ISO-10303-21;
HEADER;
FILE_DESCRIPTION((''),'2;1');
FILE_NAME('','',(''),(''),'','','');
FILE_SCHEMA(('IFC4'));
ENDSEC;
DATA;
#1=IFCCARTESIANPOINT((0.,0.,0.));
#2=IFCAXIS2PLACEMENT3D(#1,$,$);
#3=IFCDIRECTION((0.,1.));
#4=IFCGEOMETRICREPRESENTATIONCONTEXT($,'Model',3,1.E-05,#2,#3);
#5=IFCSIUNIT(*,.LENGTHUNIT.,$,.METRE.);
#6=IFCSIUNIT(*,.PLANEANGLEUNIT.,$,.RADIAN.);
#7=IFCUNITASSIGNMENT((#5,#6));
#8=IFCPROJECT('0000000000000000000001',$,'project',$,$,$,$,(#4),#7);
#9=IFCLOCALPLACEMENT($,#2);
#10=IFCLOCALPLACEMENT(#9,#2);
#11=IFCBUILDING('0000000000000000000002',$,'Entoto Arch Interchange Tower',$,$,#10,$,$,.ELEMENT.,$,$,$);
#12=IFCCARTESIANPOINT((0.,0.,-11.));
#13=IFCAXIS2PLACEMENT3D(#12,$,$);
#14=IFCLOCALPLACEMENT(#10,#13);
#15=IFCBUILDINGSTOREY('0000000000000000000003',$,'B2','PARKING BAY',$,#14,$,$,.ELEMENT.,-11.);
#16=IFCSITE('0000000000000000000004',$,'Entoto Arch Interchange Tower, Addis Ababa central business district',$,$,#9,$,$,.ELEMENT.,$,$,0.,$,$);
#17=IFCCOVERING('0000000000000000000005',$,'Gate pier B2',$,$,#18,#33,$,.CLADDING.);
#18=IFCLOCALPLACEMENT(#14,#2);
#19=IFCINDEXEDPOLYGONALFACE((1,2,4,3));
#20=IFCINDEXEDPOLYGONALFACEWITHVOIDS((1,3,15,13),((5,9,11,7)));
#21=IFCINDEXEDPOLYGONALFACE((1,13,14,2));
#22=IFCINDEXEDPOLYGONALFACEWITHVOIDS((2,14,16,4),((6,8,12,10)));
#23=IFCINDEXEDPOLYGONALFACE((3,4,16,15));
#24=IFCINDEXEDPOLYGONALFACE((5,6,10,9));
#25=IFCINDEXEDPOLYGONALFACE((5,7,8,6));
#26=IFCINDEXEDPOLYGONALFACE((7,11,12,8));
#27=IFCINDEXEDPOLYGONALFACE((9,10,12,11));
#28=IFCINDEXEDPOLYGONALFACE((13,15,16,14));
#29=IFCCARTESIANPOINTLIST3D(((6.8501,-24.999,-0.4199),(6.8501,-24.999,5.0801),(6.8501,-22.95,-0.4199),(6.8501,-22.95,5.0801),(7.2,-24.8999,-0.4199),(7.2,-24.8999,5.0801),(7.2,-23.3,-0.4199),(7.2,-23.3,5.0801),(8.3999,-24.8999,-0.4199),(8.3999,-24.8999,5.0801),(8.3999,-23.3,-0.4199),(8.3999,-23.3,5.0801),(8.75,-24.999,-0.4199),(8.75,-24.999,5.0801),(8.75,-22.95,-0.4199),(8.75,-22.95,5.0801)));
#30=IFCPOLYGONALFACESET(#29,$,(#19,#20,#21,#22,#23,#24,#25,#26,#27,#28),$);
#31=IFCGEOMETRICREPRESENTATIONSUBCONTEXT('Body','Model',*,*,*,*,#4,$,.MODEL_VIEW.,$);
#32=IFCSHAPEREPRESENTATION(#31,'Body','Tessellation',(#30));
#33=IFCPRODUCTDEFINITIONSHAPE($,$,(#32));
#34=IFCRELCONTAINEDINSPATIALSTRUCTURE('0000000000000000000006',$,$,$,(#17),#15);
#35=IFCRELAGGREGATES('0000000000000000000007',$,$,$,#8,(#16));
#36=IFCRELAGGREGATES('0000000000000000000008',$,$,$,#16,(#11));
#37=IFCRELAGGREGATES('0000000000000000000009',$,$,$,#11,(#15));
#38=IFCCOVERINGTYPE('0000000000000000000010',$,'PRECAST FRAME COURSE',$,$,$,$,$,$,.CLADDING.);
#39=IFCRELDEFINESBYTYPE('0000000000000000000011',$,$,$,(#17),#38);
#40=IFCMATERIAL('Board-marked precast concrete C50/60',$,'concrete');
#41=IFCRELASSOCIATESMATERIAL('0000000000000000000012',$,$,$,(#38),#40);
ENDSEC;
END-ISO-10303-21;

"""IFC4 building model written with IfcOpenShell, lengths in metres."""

from ifc_helpers import new_model, si_unit, direction, frame, origin, place, context, subcontext, project, spatial, polyline, outline, extrude, material, type_object, element, save


model = new_model("IFC4")

# Units and contexts
model_context = context("Model", 3, precision=1e-05, world=origin(), true_north=direction((0.0, 1.0)))
body_context = subcontext(model_context, "Body", "Model", "MODEL_VIEW")
ifc_project = project(units=[si_unit("LENGTHUNIT", "METRE"), si_unit("PLANEANGLEUNIT", "RADIAN")], contexts=[model_context])

# Site, building, storey
site_placement = place(None, origin())
site = spatial("IfcSite", under=ifc_project, at=site_placement, Name="Entoto Arch Interchange Tower, Addis Ababa central business district", CompositionType="ELEMENT", RefElevation=0.0)
building_placement = place(site_placement, origin())
building = spatial("IfcBuilding", under=site, at=building_placement, Name="Entoto Arch Interchange Tower", CompositionType="ELEMENT")
storey_placement = place(building_placement, frame((0.0, 0.0, -11.0)))
storey = spatial("IfcBuildingStorey", under=building, at=storey_placement, Name="B2", Description="PARKING BAY", CompositionType="ELEMENT", Elevation=-11.0)

# Covering
ifc_material_1 = material(Name="Board-marked precast concrete C50/60", Category="concrete")
covering_type = type_object("IfcCoveringType", Name="PRECAST FRAME COURSE", PredefinedType="CLADDING", material=ifc_material_1)
covering_1_placement = place(storey_placement, frame((0.0, 0.0, -0.4199)))
element("IfcCovering", 1, at=covering_1_placement, inside=storey, type_object=covering_type, Name="Gate pier B2", PredefinedType="CLADDING", context=body_context, shape_type="SweptSolid", body=[
    extrude(outline(polyline([(6.8501, -22.95), (8.75, -22.95), (8.75, -24.999), (6.8501, -24.999), (6.8501, -22.95)]), holes=[polyline([(7.2, -23.3), (7.2, -24.8999), (8.3999, -24.8999), (8.3999, -23.3), (7.2, -23.3)])]), origin(), (0.0, 0.0, 1.0), 5.5),
])

save(model, "model.ifc")
